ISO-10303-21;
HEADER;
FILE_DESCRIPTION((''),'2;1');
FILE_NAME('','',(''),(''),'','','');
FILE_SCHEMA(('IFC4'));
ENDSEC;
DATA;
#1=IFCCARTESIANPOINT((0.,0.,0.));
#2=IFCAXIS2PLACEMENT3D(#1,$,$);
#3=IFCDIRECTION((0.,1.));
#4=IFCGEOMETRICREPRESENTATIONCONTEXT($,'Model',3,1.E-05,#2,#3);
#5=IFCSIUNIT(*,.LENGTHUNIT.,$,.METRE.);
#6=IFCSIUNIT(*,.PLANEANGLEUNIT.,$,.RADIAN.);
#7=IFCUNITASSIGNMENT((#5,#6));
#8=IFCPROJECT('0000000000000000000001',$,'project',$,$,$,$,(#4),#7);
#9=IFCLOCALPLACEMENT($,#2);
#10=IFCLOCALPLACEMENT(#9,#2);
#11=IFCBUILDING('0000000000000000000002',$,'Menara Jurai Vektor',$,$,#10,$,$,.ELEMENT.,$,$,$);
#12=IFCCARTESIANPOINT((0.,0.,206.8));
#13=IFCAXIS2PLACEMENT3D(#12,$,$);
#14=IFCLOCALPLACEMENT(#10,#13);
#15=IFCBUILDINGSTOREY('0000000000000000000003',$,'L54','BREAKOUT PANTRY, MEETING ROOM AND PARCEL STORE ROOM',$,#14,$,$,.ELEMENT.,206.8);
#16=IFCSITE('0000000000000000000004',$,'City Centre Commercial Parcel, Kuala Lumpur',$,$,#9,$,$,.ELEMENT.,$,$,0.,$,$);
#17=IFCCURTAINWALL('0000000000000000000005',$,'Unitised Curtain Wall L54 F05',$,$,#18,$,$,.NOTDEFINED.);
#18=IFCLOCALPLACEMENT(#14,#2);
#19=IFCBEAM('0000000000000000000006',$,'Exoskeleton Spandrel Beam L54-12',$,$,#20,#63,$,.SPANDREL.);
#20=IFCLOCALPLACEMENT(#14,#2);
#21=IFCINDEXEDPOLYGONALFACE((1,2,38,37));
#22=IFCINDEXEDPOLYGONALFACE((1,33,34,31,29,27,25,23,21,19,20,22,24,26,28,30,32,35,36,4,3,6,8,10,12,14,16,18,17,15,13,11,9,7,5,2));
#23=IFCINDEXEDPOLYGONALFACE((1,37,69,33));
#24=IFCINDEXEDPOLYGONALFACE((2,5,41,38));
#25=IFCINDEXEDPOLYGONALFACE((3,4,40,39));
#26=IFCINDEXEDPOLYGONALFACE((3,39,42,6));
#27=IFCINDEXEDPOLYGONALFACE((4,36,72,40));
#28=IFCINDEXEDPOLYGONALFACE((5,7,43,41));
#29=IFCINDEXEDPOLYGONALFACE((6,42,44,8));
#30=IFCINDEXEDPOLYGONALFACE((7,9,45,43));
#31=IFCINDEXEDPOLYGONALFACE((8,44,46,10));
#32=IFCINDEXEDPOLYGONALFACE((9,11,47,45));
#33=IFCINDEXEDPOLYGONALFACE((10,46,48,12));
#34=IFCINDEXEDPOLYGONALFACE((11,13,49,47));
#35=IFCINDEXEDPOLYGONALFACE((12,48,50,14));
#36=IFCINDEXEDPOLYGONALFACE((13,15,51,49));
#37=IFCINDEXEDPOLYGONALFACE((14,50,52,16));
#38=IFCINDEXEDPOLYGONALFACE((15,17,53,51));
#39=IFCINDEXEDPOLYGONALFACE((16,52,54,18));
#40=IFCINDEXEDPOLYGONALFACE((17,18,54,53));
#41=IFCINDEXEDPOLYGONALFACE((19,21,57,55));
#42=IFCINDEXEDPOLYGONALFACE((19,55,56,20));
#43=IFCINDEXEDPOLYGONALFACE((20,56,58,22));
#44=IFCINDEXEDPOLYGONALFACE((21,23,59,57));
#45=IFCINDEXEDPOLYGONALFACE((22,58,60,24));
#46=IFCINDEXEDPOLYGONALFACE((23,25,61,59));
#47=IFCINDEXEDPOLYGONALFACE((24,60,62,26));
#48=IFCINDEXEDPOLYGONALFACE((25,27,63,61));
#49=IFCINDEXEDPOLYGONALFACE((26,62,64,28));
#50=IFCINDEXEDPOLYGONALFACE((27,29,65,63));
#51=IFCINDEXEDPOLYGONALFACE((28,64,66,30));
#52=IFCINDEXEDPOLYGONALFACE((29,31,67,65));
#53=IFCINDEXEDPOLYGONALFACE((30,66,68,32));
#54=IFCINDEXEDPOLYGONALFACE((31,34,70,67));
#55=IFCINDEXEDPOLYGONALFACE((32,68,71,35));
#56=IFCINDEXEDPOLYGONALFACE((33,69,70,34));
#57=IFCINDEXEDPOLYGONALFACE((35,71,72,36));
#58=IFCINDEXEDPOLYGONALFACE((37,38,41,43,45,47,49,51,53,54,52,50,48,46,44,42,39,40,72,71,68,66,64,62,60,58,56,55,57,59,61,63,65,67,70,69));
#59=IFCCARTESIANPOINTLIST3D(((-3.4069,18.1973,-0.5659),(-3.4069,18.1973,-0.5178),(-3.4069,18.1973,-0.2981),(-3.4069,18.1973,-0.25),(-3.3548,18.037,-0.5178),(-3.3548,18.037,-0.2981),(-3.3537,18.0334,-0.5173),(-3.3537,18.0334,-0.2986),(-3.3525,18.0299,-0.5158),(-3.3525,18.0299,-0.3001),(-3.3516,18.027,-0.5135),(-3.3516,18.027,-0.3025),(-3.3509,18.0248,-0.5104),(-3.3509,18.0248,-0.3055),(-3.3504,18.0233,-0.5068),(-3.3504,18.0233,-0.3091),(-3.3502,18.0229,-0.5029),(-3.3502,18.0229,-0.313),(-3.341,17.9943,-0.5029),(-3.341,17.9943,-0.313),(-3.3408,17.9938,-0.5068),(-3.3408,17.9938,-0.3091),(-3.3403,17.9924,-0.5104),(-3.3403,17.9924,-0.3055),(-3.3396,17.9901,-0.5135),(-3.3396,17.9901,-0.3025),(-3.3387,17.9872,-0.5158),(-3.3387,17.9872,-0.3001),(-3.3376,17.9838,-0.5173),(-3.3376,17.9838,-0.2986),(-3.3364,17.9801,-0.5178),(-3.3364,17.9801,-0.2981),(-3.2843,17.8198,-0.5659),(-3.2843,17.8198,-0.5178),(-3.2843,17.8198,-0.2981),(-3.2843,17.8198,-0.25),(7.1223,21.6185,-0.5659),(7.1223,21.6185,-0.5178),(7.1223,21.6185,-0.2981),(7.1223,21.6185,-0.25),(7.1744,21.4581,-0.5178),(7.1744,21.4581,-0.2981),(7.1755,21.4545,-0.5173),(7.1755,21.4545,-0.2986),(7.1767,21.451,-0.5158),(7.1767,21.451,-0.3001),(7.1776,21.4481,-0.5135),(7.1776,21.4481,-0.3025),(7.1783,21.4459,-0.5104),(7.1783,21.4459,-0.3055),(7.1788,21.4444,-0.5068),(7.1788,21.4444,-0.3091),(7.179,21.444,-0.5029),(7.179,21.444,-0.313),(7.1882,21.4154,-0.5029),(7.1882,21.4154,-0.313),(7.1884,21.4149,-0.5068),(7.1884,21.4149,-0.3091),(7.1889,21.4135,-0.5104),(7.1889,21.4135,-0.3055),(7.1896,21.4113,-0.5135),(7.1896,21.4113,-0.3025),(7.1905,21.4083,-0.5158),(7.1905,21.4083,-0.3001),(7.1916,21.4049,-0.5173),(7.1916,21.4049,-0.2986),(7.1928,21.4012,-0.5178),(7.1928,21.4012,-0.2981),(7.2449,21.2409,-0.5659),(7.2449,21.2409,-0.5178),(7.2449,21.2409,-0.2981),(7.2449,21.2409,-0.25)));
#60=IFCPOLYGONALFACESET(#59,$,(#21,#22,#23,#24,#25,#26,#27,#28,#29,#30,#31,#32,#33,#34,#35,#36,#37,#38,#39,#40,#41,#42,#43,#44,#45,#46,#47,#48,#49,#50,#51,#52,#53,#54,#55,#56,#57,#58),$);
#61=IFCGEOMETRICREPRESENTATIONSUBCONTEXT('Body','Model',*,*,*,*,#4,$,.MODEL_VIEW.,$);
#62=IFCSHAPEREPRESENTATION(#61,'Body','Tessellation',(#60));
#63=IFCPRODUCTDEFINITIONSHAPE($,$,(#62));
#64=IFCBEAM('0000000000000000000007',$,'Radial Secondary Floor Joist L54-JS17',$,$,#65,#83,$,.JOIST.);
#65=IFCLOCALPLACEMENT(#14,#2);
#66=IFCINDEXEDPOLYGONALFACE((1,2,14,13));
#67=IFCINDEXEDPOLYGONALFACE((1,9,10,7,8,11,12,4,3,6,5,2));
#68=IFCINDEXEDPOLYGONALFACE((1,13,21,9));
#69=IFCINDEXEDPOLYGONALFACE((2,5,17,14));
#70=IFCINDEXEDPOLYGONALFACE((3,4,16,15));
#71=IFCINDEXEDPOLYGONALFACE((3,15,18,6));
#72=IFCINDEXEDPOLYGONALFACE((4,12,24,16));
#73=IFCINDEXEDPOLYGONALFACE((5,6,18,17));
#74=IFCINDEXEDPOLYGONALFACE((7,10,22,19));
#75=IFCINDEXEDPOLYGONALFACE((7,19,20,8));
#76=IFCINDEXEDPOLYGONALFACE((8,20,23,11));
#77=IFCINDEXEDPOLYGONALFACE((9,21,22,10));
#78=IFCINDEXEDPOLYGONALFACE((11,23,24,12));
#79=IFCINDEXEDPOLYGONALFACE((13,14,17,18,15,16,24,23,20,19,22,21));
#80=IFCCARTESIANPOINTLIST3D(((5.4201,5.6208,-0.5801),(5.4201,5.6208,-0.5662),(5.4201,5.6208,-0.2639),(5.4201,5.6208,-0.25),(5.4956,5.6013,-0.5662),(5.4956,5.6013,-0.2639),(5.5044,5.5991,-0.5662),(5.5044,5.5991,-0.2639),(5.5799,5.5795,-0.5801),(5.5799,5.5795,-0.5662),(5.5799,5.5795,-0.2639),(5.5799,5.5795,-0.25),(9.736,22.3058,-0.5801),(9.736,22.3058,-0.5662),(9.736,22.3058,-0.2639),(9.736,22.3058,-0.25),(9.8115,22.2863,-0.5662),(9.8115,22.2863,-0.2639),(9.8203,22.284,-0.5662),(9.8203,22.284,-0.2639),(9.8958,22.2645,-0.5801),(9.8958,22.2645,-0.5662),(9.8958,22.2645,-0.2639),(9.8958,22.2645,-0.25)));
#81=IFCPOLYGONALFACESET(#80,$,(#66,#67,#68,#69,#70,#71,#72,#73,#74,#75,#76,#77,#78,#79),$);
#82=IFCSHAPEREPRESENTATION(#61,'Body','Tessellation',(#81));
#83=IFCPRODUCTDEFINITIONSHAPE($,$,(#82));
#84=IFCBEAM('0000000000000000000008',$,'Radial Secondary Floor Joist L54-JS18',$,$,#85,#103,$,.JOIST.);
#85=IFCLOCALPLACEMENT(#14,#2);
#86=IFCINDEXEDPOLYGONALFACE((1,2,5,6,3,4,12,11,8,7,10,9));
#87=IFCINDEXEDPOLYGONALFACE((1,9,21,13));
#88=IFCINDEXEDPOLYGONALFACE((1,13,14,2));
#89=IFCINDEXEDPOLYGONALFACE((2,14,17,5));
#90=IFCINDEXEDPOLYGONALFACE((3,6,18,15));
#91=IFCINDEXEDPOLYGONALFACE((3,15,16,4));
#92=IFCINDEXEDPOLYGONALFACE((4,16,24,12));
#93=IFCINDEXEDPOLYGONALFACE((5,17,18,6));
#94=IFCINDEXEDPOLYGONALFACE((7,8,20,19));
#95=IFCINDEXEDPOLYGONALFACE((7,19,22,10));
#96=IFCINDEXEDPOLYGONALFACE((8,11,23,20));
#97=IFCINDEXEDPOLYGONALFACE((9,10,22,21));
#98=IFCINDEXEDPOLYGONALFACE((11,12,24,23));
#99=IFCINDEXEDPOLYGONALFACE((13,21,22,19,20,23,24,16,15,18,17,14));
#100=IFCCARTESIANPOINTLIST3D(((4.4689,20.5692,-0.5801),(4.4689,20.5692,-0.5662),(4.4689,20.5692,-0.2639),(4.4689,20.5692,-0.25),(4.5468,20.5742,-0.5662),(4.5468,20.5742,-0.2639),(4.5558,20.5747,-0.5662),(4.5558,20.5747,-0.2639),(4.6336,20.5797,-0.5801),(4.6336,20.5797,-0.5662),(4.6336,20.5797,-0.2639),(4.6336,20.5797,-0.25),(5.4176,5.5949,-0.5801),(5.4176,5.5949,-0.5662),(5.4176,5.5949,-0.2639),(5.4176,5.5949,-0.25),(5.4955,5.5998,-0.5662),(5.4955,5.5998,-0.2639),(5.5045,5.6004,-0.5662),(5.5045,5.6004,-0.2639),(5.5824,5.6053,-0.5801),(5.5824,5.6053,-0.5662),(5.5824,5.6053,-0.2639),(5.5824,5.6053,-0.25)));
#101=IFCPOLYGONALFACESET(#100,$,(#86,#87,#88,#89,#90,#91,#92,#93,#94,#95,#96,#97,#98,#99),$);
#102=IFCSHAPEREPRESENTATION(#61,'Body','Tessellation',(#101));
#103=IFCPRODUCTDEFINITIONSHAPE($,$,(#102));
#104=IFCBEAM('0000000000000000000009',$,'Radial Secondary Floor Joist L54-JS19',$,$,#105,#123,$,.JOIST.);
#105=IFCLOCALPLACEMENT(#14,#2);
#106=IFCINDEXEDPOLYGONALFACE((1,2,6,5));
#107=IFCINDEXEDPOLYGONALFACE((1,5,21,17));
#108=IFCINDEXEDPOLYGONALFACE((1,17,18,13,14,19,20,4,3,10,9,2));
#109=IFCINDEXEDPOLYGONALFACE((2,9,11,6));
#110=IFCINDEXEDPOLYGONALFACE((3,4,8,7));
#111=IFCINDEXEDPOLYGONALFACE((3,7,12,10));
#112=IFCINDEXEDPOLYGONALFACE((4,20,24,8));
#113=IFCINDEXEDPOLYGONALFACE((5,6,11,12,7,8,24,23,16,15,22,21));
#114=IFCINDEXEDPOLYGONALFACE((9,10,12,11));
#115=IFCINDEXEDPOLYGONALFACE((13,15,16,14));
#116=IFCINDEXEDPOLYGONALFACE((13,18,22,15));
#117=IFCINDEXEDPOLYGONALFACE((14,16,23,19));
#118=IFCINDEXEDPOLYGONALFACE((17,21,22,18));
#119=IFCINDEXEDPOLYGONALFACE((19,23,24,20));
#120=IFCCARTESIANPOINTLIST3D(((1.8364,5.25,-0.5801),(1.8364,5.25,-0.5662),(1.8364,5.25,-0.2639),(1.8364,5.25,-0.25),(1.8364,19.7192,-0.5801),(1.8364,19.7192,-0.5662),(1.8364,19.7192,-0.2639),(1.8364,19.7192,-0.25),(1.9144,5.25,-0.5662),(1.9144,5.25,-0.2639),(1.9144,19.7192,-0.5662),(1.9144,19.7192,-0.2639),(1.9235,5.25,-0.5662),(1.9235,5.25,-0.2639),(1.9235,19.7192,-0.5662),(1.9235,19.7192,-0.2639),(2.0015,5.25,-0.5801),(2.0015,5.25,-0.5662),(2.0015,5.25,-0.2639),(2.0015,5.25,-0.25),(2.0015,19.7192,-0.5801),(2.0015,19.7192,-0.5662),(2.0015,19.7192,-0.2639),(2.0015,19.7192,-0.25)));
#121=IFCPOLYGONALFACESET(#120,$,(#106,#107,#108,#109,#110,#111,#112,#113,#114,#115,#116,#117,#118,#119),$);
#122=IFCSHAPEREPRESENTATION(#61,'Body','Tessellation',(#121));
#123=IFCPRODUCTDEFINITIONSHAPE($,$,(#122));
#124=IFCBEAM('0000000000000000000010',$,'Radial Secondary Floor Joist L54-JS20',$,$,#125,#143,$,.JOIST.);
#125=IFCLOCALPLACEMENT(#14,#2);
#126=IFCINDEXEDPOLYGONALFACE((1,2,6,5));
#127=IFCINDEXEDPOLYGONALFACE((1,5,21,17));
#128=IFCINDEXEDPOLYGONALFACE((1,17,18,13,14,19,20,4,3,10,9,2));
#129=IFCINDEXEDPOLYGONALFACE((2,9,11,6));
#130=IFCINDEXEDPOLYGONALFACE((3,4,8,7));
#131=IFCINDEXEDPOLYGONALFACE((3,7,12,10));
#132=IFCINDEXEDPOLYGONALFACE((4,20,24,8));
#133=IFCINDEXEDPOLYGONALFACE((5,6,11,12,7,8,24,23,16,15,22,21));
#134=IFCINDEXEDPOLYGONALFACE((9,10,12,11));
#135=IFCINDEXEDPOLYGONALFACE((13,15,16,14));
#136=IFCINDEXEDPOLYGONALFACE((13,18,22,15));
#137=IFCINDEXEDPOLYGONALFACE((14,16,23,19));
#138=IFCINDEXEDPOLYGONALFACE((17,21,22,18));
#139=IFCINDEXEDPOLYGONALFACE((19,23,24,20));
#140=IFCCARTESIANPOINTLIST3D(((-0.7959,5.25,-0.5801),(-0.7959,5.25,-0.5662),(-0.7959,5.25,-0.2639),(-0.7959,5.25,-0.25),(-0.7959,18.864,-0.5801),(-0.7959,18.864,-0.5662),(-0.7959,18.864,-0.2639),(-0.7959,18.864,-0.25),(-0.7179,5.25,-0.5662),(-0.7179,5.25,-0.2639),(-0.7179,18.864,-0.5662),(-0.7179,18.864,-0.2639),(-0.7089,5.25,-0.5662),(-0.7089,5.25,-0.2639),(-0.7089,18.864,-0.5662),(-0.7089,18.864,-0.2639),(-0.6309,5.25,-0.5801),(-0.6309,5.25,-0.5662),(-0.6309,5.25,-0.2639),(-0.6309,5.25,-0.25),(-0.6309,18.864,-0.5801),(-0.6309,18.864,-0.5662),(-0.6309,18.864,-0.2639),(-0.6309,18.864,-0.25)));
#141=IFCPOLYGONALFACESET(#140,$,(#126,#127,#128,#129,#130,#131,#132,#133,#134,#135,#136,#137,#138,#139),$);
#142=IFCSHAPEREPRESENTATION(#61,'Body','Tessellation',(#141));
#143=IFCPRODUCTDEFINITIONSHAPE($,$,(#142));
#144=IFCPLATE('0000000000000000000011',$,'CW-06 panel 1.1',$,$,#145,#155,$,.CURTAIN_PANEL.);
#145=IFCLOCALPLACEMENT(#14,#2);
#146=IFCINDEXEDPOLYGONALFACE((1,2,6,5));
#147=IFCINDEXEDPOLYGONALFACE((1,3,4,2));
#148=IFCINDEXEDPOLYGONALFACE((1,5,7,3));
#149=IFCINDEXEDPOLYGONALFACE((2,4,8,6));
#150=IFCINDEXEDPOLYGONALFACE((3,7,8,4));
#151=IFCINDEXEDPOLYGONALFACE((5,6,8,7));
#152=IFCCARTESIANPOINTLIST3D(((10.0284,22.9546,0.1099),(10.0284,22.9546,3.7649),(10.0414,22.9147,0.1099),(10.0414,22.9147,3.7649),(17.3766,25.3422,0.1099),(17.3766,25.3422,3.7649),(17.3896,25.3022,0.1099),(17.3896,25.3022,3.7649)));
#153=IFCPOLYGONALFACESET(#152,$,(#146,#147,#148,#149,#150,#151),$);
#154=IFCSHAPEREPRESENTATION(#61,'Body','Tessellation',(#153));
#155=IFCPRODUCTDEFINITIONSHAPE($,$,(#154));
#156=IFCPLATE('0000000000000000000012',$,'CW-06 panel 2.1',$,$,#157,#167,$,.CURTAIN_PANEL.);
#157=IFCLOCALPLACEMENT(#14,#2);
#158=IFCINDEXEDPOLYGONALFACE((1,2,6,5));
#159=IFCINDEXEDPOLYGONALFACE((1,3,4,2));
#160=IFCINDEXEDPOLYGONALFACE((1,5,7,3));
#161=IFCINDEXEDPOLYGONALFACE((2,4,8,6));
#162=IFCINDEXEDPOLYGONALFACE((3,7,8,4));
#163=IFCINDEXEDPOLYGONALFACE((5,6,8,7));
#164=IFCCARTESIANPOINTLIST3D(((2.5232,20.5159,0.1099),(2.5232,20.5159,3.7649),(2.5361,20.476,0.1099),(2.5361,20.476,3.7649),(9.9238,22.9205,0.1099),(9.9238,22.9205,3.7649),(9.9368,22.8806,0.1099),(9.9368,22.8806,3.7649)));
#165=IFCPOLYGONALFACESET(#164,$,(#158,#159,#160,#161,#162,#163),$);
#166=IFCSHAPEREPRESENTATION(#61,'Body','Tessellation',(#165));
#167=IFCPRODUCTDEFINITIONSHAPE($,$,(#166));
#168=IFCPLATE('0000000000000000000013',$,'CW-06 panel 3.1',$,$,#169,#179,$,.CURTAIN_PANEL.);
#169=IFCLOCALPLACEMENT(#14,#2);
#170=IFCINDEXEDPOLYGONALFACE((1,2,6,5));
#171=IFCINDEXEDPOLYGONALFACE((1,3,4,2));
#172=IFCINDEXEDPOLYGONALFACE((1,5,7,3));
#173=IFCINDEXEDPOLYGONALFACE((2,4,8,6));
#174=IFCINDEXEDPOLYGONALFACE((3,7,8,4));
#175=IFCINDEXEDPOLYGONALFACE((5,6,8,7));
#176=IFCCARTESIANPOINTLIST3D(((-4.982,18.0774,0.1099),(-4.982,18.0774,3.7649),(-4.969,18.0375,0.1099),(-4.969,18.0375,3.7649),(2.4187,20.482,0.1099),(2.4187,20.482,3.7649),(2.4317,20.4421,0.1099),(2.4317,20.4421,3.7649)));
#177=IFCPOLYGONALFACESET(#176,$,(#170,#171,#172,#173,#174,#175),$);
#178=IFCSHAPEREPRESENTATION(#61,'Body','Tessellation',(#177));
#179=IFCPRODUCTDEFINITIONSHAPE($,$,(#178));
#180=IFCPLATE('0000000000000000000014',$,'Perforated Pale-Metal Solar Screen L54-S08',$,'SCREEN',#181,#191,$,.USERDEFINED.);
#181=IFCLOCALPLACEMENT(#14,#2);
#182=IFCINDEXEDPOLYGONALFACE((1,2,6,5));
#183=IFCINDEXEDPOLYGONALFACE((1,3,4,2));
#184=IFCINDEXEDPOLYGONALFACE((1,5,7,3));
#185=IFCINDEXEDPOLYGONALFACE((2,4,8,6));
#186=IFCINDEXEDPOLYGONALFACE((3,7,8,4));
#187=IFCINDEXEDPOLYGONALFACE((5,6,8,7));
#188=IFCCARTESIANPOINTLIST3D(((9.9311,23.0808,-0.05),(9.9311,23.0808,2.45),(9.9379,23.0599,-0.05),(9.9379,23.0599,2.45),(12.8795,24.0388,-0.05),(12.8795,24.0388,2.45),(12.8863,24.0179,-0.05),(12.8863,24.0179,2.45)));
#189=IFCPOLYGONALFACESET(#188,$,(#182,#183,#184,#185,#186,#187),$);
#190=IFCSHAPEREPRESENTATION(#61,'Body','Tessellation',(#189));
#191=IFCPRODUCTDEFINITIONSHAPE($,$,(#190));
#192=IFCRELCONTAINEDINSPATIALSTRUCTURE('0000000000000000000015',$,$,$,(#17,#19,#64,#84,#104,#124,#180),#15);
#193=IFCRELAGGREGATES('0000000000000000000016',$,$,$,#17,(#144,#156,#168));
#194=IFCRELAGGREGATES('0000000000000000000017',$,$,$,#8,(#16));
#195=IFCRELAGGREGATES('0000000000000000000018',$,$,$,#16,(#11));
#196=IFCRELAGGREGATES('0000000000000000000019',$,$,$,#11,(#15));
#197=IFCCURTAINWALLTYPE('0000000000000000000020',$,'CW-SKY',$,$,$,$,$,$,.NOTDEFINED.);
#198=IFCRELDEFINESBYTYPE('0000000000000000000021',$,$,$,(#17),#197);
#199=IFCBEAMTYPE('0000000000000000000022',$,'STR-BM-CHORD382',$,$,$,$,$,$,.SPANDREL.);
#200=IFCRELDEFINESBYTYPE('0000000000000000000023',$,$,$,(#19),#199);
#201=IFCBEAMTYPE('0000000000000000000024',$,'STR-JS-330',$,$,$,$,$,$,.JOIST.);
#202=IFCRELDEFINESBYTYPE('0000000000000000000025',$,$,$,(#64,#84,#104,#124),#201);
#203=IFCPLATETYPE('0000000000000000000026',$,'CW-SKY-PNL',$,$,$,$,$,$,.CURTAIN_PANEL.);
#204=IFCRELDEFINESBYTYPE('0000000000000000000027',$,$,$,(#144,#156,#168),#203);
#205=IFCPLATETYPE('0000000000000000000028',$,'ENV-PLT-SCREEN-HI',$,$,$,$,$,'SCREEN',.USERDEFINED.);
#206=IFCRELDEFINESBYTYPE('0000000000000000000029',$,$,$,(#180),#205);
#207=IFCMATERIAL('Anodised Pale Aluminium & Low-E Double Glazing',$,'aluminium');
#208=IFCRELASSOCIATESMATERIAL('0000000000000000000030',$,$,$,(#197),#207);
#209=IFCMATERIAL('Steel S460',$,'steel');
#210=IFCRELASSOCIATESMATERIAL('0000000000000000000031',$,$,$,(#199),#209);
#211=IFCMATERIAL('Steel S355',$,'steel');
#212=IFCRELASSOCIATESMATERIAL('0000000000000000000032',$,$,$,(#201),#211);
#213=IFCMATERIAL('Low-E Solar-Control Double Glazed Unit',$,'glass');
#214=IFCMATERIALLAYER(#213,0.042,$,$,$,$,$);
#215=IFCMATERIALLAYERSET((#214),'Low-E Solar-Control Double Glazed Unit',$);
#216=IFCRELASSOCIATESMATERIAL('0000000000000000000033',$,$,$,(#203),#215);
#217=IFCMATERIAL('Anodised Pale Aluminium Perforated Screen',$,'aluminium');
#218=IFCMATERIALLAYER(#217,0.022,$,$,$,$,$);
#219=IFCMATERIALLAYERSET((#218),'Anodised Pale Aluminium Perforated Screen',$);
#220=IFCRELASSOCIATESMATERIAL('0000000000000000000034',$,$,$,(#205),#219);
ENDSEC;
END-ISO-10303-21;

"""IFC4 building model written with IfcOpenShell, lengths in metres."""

from ifc_helpers import new_model, si_unit, direction, frame, origin, origin_2d, place, context, subcontext, project, spatial, rectangle, i_section, extrude, material, layer, layer_set, material_profile, profile_set, type_object, element, aggregate, save


model = new_model("IFC4")

# Units and contexts
model_context = context("Model", 3, precision=1e-05, world=origin(), true_north=direction((0.0, 1.0)))
body_context = subcontext(model_context, "Body", "Model", "MODEL_VIEW")
ifc_project = project(units=[si_unit("LENGTHUNIT", "METRE"), si_unit("PLANEANGLEUNIT", "RADIAN")], contexts=[model_context])

# Site, building, storey
site_placement = place(None, origin())
site = spatial("IfcSite", under=ifc_project, at=site_placement, Name="City Centre Commercial Parcel, Kuala Lumpur", CompositionType="ELEMENT", RefElevation=0.0)
building_placement = place(site_placement, origin())
building = spatial("IfcBuilding", under=site, at=building_placement, Name="Menara Jurai Vektor", CompositionType="ELEMENT")
storey_placement = place(building_placement, frame((0.0, 0.0, 206.8)))
storey = spatial("IfcBuildingStorey", under=building, at=storey_placement, Name="L54", Description="BREAKOUT PANTRY, MEETING ROOM AND PARCEL STORE ROOM", CompositionType="ELEMENT", Elevation=206.8)

# Shared definitions
ifc_material_1 = material(Name="Steel S460", Category="steel")

# Curtain wall
ifc_material_2 = material(Name="Anodised Pale Aluminium & Low-E Double Glazing", Category="aluminium")
curtain_wall_type = type_object("IfcCurtainWallType", Name="CW-SKY", PredefinedType="NOTDEFINED", material=ifc_material_2)
curtain_wall_placement = place(storey_placement, origin())
curtain_wall = element("IfcCurtainWall", 1, at=curtain_wall_placement, inside=storey, type_object=curtain_wall_type, Name="Unitised Curtain Wall L54 F05", PredefinedType="NOTDEFINED")

# Beams
ifc_material_3 = material(Name="Steel S355", Category="steel")
ifc_material_profile_1 = material_profile(ifc_material_1, i_section(OverallWidth=0.397, OverallDepth=0.3159, WebThickness=0.03, FlangeThickness=0.0481, FilletRadius=0.0149, at=origin_2d()), Name="HD 400x382")
ifc_profile_set_1 = profile_set([ifc_material_profile_1], Name="Steel S460")
beam_type_1 = type_object("IfcBeamType", Name="STR-BM-CHORD382", PredefinedType="SPANDREL", material=ifc_profile_set_1)
beam_1_placement = place(storey_placement, frame((7.1836, 21.4297, -0.408), z_axis=(-0.951057, -0.309014, 0.0), x_axis=(0.309014, -0.951057, 0.0)))
element("IfcBeam", 2, at=beam_1_placement, inside=storey, type_object=beam_type_1, Name="Exoskeleton Spandrel Beam L54-12", PredefinedType="SPANDREL", context=body_context, shape_type="SweptSolid", body=[
    extrude(i_section(OverallWidth=0.397, OverallDepth=0.3159, WebThickness=0.03, FlangeThickness=0.0481, FilletRadius=0.0149, at=origin_2d()), origin(), (0.0, 0.0, 1.0), 11.071),
])
ifc_material_profile_2 = material_profile(ifc_material_3, i_section(OverallWidth=0.165, OverallDepth=0.3301, WebThickness=0.009, FlangeThickness=0.0139, at=origin_2d()), Name="PG 330x165x46")
ifc_profile_set_2 = profile_set([ifc_material_profile_2], Name="Steel S355")
beam_type_2 = type_object("IfcBeamType", Name="STR-JS-330", PredefinedType="JOIST", material=ifc_profile_set_2)
beam_2_placement = place(storey_placement, frame((9.8159, 22.2852, -0.415), z_axis=(-0.250427, -0.968135, 0.0), x_axis=(0.968135, -0.250427, 0.0)))
element("IfcBeam", 3, at=beam_2_placement, inside=storey, type_object=beam_type_2, Name="Radial Secondary Floor Joist L54-JS17", PredefinedType="JOIST", context=body_context, shape_type="SweptSolid", body=[
    extrude(i_section(OverallWidth=0.165, OverallDepth=0.3301, WebThickness=0.009, FlangeThickness=0.0139, at=origin_2d()), origin(), (0.0, 0.0, 1.0), 17.2341),
])
beam_3_placement = place(storey_placement, frame((4.5513, 20.5745, -0.415), z_axis=(0.06323, -0.997999, 0.0), x_axis=(0.997999, 0.06323, 0.0)))
element("IfcBeam", 4, at=beam_3_placement, inside=storey, type_object=beam_type_2, Name="Radial Secondary Floor Joist L54-JS18", PredefinedType="JOIST", context=body_context, shape_type="SweptSolid", body=[
    extrude(i_section(OverallWidth=0.165, OverallDepth=0.3301, WebThickness=0.009, FlangeThickness=0.0139, at=origin_2d()), origin(), (0.0, 0.0, 1.0), 15.0044),
])
beam_4_placement = place(storey_placement, frame((1.9189, 19.7192, -0.415), z_axis=(0.0, -1.0, 0.0), x_axis=(1.0, 0.0, 0.0)))
element("IfcBeam", 5, at=beam_4_placement, inside=storey, type_object=beam_type_2, Name="Radial Secondary Floor Joist L54-JS19", PredefinedType="JOIST", context=body_context, shape_type="SweptSolid", body=[
    extrude(i_section(OverallWidth=0.165, OverallDepth=0.3301, WebThickness=0.009, FlangeThickness=0.0139, at=origin_2d()), origin(), (0.0, 0.0, 1.0), 14.4692),
])
beam_5_placement = place(storey_placement, frame((-0.7134, 18.864, -0.415), z_axis=(0.0, -1.0, 0.0), x_axis=(1.0, 0.0, 0.0)))
element("IfcBeam", 6, at=beam_5_placement, inside=storey, type_object=beam_type_2, Name="Radial Secondary Floor Joist L54-JS20", PredefinedType="JOIST", context=body_context, shape_type="SweptSolid", body=[
    extrude(i_section(OverallWidth=0.165, OverallDepth=0.3301, WebThickness=0.009, FlangeThickness=0.0139, at=origin_2d()), origin(), (0.0, 0.0, 1.0), 13.614),
])

# Plates
ifc_material_4 = material(Name="Low-E Solar-Control Double Glazed Unit", Category="glass")
ifc_layer_1 = layer(ifc_material_4, 0.042)
ifc_layer_set_1 = layer_set([ifc_layer_1], Name="Low-E Solar-Control Double Glazed Unit")
plate_type_1 = type_object("IfcPlateType", Name="CW-SKY-PNL", PredefinedType="CURTAIN_PANEL", material=ifc_layer_set_1)
plate_1_placement = place(storey_placement, frame((13.709, 24.1284, 0.1099), z_axis=(0.0, 0.0, 1.0), x_axis=(-0.951056, -0.309017, 0.0)))
plate_1 = element("IfcPlate", 7, at=plate_1_placement, type_object=plate_type_1, Name="CW-06 panel 1.1", PredefinedType="CURTAIN_PANEL", context=body_context, shape_type="SweptSolid", body=[
    extrude(rectangle(XDim=7.7263, YDim=0.042, at=origin_2d()), origin(), (0.0, 0.0, 1.0), 3.655),
])
plate_2_placement = place(storey_placement, frame((6.23, 21.6982, 0.1099), z_axis=(0.0, 0.0, 1.0), x_axis=(-0.951056, -0.309017, 0.0)))
plate_2 = element("IfcPlate", 8, at=plate_2_placement, type_object=plate_type_1, Name="CW-06 panel 2.1", PredefinedType="CURTAIN_PANEL", context=body_context, shape_type="SweptSolid", body=[
    extrude(rectangle(XDim=7.7815, YDim=0.042, at=origin_2d()), origin(), (0.0, 0.0, 1.0), 3.655),
])
plate_3_placement = place(storey_placement, frame((-1.2751, 19.2598, 0.1099), z_axis=(0.0, 0.0, 1.0), x_axis=(-0.951056, -0.309017, 0.0)))
plate_3 = element("IfcPlate", 9, at=plate_3_placement, type_object=plate_type_1, Name="CW-06 panel 3.1", PredefinedType="CURTAIN_PANEL", context=body_context, shape_type="SweptSolid", body=[
    extrude(rectangle(XDim=7.7815, YDim=0.042, at=origin_2d()), origin(), (0.0, 0.0, 1.0), 3.655),
])
aggregate(curtain_wall, [plate_1, plate_2, plate_3])

# Plate
ifc_material_5 = material(Name="Anodised Pale Aluminium Perforated Screen", Category="aluminium")
ifc_layer_2 = layer(ifc_material_5, 0.022)
ifc_layer_set_2 = layer_set([ifc_layer_2], Name="Anodised Pale Aluminium Perforated Screen")
plate_type_2 = type_object("IfcPlateType", Name="ENV-PLT-SCREEN-HI", ElementType="SCREEN", PredefinedType="USERDEFINED", material=ifc_layer_set_2)
for number, where, z_axis, x_axis, name in (
    (10, (11.4087, 23.5493, -0.05), (0.0, 0.0, 1.0), (-0.951057, -0.309017, 0.0), "Perforated Pale-Metal Solar Screen L54-S08"),
):
    element("IfcPlate", number, at=place(storey_placement, frame(where, z_axis=z_axis, x_axis=x_axis)), inside=storey, type_object=plate_type_2, Name=name, ObjectType="SCREEN", PredefinedType="USERDEFINED", context=body_context, shape_type="SweptSolid", body=[
        extrude(rectangle(XDim=3.1001, YDim=0.022, at=origin_2d()), origin(), (0.0, 0.0, 1.0), 2.5),
    ])

save(model, "model.ifc")
